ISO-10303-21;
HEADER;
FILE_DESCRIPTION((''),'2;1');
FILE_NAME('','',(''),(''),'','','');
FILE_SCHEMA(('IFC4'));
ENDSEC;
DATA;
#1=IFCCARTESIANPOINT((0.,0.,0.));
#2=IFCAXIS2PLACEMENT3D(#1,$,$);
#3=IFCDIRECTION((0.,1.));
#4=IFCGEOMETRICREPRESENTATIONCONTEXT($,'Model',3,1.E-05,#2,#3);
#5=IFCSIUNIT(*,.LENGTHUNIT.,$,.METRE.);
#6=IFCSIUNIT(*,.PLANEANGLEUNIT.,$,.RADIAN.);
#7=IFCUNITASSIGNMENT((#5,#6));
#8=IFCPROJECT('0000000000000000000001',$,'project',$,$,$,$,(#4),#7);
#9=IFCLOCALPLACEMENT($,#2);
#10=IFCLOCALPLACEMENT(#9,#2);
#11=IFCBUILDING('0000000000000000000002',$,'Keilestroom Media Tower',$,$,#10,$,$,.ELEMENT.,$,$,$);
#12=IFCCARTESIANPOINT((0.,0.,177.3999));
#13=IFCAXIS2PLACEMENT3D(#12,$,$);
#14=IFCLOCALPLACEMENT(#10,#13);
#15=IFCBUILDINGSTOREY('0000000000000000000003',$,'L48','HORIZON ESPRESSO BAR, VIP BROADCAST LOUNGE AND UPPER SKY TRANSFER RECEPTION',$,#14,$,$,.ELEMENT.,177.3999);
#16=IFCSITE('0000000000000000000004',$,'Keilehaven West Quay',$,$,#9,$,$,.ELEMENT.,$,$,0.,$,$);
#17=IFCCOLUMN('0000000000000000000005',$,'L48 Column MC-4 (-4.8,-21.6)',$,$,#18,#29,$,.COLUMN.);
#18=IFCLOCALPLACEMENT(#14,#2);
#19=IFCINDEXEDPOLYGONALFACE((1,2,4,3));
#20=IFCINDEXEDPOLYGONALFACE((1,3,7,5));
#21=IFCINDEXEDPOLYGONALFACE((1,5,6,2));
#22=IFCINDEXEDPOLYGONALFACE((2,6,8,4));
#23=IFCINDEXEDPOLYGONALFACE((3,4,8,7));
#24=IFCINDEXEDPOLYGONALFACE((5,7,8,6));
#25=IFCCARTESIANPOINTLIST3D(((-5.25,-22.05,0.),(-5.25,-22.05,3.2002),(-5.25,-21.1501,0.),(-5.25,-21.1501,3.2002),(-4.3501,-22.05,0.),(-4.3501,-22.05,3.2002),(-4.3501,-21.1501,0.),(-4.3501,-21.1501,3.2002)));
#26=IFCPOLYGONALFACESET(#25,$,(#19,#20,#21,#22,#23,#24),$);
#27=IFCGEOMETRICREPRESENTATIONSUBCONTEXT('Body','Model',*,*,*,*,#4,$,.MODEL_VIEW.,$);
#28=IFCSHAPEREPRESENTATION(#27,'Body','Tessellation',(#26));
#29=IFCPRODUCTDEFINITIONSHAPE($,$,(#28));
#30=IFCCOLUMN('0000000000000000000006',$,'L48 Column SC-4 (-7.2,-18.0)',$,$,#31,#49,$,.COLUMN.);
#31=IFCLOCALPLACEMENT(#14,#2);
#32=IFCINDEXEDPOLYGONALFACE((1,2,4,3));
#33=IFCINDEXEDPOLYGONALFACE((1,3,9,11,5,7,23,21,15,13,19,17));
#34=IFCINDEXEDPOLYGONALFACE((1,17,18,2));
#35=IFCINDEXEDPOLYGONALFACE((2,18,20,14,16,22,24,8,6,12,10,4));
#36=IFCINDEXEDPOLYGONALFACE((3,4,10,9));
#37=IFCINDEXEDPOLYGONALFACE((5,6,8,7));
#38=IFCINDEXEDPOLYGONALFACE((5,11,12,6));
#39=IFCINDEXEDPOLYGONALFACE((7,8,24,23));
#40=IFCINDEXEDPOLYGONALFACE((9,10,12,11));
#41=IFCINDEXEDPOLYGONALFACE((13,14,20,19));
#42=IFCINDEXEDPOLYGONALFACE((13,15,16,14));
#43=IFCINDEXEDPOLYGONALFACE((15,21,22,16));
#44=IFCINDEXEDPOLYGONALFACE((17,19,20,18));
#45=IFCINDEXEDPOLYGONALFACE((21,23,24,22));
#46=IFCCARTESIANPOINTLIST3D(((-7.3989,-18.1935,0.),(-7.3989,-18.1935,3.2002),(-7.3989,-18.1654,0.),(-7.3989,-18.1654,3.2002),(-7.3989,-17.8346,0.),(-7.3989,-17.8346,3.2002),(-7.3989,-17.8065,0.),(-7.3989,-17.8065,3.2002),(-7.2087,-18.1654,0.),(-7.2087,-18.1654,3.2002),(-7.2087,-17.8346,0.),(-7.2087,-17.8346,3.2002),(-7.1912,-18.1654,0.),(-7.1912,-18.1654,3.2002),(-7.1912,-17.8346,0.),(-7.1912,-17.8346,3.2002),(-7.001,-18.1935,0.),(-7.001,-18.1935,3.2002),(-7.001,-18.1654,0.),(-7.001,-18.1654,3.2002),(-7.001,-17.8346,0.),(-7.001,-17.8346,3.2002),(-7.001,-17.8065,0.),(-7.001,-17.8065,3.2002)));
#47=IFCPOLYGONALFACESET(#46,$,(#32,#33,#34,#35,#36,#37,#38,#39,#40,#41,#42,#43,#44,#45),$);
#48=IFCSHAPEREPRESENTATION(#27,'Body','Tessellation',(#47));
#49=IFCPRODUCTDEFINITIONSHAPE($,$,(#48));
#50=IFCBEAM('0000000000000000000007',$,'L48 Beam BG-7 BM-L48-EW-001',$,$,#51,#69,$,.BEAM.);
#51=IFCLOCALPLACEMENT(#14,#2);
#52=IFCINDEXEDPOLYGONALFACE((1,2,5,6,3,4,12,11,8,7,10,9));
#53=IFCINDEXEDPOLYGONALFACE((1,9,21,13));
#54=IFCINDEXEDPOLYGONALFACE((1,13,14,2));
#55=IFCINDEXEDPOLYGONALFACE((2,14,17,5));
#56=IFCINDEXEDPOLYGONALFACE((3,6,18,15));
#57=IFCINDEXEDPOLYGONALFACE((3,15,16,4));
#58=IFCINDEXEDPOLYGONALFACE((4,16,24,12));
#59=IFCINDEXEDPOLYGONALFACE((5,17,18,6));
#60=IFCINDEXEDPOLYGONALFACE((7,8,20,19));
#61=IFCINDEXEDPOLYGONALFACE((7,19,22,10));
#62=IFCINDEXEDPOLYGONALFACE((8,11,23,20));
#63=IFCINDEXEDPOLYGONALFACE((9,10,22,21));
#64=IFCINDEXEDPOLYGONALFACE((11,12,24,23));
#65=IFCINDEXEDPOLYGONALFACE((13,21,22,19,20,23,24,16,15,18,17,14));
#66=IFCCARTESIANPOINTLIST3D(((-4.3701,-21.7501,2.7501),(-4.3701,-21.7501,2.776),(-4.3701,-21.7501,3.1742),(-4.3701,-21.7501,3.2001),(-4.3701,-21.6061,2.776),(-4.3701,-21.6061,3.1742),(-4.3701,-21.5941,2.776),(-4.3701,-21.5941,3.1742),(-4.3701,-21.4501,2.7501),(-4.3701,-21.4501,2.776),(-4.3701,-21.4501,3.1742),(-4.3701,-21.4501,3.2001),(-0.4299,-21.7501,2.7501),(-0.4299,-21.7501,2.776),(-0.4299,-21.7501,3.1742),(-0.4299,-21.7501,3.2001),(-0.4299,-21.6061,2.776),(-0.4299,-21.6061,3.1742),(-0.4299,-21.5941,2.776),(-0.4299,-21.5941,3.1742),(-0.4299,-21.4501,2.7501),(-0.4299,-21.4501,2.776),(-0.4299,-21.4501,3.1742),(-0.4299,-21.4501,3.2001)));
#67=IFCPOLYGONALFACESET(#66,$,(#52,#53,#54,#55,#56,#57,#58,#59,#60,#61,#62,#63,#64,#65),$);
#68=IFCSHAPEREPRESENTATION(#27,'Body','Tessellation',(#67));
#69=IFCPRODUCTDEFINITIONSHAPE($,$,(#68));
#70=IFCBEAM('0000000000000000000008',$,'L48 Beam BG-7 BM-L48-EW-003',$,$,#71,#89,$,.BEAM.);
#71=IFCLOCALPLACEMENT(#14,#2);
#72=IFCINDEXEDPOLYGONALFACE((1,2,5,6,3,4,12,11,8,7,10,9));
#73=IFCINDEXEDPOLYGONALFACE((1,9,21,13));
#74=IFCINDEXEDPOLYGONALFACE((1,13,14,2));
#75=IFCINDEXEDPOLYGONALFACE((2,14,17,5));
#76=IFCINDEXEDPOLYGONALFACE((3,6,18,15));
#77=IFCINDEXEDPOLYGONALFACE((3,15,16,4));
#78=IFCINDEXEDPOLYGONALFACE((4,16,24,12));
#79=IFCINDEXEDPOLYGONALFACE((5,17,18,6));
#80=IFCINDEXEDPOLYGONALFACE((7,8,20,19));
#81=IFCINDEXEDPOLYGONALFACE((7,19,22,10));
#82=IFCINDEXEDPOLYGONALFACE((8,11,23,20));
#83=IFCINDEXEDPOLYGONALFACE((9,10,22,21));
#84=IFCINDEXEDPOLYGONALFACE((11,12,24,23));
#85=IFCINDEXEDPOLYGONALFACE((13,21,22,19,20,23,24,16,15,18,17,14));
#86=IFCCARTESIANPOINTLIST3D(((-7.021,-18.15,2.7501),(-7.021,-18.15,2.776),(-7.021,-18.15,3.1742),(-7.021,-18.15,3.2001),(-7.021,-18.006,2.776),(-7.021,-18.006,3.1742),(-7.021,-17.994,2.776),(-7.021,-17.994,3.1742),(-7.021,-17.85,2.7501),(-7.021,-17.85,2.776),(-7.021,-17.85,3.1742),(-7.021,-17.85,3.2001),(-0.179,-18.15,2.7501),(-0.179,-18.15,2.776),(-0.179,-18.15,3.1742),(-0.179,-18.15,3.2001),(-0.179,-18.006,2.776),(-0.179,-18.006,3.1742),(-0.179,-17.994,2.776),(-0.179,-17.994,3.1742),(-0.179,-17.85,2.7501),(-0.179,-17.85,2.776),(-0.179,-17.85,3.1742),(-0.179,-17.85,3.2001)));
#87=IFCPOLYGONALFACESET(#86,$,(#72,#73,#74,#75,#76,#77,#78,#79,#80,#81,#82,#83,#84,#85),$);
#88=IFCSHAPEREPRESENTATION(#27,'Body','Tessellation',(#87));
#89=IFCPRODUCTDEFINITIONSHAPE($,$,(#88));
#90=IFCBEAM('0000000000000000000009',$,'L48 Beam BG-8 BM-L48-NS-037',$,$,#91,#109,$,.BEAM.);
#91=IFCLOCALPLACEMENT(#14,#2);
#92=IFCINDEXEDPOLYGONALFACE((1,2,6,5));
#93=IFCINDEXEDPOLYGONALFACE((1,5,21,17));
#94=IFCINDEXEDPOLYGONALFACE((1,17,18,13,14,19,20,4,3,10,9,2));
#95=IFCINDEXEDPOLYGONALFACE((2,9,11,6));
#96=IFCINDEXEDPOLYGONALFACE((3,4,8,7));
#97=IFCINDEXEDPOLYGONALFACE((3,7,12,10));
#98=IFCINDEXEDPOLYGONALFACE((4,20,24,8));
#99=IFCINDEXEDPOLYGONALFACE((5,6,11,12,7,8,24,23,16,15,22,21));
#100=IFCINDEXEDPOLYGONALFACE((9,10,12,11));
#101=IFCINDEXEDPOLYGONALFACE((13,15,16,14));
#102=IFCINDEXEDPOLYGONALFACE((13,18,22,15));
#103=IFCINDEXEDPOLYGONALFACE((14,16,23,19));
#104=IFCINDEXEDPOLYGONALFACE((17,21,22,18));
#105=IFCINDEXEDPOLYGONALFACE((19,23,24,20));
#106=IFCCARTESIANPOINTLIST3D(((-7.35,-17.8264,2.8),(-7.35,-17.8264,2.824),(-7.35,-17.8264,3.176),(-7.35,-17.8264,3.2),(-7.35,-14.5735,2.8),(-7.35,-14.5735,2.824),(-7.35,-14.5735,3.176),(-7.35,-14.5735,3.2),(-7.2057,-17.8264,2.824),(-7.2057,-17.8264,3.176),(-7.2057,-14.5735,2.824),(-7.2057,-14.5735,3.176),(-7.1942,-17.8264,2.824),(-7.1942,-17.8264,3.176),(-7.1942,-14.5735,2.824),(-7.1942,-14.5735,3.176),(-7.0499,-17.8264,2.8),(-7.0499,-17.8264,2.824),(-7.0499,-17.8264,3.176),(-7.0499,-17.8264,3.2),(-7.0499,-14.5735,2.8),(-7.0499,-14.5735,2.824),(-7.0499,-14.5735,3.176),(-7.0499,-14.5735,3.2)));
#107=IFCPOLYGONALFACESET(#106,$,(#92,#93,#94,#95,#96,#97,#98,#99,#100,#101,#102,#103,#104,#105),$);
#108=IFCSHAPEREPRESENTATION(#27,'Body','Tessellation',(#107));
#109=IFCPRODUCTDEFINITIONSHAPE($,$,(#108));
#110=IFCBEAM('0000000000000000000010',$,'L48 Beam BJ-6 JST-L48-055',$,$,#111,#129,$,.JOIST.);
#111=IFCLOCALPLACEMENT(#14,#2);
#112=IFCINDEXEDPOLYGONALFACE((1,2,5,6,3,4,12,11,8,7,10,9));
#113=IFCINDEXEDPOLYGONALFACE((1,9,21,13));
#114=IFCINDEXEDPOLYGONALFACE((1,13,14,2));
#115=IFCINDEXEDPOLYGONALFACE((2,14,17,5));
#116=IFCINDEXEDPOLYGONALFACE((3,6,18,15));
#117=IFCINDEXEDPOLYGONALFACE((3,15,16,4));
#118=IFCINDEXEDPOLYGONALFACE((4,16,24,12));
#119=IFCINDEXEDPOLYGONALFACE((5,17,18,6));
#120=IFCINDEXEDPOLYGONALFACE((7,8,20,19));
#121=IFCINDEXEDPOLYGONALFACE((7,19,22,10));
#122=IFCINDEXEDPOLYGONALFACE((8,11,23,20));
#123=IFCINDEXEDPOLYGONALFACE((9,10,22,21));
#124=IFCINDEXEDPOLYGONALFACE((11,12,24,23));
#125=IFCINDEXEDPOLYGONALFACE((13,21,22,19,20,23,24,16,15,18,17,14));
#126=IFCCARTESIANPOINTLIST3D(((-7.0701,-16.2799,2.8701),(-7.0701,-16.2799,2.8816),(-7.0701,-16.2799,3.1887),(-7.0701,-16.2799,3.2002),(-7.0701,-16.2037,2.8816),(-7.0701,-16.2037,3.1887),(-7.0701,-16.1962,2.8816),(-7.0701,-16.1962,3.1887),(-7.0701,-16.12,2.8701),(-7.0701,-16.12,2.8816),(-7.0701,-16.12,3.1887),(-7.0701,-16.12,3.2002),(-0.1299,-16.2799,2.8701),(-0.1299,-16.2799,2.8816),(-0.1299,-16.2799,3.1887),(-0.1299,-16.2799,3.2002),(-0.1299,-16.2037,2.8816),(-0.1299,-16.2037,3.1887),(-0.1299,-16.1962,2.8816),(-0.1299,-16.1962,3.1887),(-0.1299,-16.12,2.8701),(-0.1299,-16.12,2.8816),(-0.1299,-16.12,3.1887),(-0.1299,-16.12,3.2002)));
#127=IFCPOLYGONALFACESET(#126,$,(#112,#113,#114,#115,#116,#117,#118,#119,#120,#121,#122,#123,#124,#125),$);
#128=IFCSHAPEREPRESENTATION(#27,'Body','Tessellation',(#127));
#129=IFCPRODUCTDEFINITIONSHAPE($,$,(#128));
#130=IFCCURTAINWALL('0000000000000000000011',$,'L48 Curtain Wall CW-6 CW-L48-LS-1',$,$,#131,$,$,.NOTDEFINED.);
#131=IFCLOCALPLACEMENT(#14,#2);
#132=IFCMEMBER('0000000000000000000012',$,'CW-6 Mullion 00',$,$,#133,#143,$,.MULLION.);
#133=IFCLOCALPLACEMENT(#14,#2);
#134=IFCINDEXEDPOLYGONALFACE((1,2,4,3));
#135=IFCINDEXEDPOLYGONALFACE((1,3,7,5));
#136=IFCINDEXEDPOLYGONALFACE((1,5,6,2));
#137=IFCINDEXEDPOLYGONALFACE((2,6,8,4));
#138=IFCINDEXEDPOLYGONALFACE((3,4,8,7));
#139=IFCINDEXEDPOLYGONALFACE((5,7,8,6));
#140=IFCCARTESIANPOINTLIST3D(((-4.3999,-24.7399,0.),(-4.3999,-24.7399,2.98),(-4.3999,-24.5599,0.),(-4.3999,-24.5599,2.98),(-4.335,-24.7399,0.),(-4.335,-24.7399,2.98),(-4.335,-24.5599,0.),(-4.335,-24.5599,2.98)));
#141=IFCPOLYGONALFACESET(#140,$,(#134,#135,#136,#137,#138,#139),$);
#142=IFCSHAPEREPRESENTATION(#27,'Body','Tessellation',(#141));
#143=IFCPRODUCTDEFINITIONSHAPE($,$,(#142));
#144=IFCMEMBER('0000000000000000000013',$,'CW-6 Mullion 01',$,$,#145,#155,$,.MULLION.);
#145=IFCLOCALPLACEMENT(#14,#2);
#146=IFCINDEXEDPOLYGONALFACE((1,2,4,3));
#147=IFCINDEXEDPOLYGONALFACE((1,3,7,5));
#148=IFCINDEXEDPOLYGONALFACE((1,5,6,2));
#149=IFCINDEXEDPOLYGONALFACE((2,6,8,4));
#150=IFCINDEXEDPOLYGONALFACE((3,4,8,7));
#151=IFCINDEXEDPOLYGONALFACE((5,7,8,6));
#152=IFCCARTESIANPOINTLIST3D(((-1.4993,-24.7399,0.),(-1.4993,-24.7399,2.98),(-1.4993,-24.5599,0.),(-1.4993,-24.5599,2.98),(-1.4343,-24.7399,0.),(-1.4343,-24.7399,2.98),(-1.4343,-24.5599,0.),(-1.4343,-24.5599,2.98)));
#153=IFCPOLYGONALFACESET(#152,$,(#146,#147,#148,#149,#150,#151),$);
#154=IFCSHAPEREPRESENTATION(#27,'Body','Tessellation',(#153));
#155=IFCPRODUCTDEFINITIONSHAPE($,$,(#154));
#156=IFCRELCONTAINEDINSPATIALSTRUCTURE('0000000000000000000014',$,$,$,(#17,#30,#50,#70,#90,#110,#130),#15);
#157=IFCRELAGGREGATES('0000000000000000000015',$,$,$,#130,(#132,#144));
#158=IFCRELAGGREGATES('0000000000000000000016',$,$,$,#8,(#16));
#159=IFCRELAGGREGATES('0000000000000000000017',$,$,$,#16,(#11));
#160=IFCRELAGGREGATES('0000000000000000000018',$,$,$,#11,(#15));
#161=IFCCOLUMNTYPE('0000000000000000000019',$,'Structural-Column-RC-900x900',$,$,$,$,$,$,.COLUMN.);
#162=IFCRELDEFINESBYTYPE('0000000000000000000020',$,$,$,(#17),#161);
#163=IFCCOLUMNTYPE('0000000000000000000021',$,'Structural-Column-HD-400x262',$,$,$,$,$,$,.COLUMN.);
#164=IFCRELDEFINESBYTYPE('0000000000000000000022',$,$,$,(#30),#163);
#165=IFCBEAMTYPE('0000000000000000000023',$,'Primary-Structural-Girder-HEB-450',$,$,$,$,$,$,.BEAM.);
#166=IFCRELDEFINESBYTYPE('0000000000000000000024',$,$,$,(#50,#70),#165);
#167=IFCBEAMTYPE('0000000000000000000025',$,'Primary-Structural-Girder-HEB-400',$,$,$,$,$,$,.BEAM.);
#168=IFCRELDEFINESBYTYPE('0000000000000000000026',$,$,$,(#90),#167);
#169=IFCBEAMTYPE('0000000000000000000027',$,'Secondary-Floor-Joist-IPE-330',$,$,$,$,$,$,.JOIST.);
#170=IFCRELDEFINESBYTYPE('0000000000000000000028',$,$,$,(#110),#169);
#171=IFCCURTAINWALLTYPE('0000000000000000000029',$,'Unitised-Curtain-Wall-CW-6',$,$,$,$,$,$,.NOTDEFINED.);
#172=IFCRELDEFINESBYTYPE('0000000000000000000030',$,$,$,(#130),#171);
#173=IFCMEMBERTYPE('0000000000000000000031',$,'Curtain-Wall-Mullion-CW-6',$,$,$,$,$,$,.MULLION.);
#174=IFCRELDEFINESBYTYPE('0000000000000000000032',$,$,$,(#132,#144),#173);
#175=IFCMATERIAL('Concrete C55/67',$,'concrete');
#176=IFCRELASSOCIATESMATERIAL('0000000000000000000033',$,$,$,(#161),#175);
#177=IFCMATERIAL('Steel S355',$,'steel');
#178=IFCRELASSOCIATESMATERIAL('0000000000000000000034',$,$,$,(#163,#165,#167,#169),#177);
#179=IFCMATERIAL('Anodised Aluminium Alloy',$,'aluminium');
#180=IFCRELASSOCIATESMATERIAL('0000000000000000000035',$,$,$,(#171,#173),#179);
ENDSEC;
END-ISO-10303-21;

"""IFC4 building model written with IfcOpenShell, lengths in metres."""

from ifc_helpers import new_model, si_unit, direction, frame, origin, origin_2d, place, context, subcontext, project, spatial, rectangle, i_section, extrude, source, transform, mapped, material, material_profile, profile_set, type_object, element, aggregate, save


model = new_model("IFC4")

# Units and contexts
model_context = context("Model", 3, precision=1e-05, world=origin(), true_north=direction((0.0, 1.0)))
body_context = subcontext(model_context, "Body", "Model", "MODEL_VIEW")
ifc_project = project(units=[si_unit("LENGTHUNIT", "METRE"), si_unit("PLANEANGLEUNIT", "RADIAN")], contexts=[model_context])

# Site, building, storey
site_placement = place(None, origin())
site = spatial("IfcSite", under=ifc_project, at=site_placement, Name="Keilehaven West Quay", CompositionType="ELEMENT", RefElevation=0.0)
building_placement = place(site_placement, origin())
building = spatial("IfcBuilding", under=site, at=building_placement, Name="Keilestroom Media Tower", CompositionType="ELEMENT")
storey_placement = place(building_placement, frame((0.0, 0.0, 177.3999)))
storey = spatial("IfcBuildingStorey", under=building, at=storey_placement, Name="L48", Description="HORIZON ESPRESSO BAR, VIP BROADCAST LOUNGE AND UPPER SKY TRANSFER RECEPTION", CompositionType="ELEMENT", Elevation=177.3999)

# Columns
ifc_material_1 = material(Name="Concrete C55/67", Category="concrete")
ifc_material_profile_1 = material_profile(ifc_material_1, rectangle(XDim=0.8999, YDim=0.8999, at=origin_2d()), Name="RC 900x900")
ifc_profile_set_1 = profile_set([ifc_material_profile_1], Name="Concrete C55/67")
column_type_1 = type_object("IfcColumnType", Name="Structural-Column-RC-900x900", PredefinedType="COLUMN", material=ifc_profile_set_1)
shared_shape_1 = source(origin(), body_context, "Body", "SweptSolid", [
    extrude(rectangle(XDim=0.8999, YDim=0.8999, at=origin_2d()), origin(), (0.0, 0.0, 1.0), 3.2002),
])
column_1_placement = place(storey_placement, frame((-4.8, -21.6001, 0.0), z_axis=(0.0, 0.0, 1.0), x_axis=(1.0, 0.0, 0.0)))
element("IfcColumn", 1, at=column_1_placement, inside=storey, type_object=column_type_1, Name="L48 Column MC-4 (-4.8,-21.6)", PredefinedType="COLUMN", context=body_context, shape_type="MappedRepresentation", body=[
    mapped(shared_shape_1, transform((0.0, 0.0, 0.0), x_axis=(1.0, 0.0, 0.0), y_axis=(0.0, 1.0, 0.0), z_axis=(0.0, 0.0, 1.0), scale=1.0)),
])
ifc_material_2 = material(Name="Steel S355", Category="steel")
ifc_material_profile_2 = material_profile(ifc_material_2, i_section(OverallWidth=0.3979, OverallDepth=0.387, WebThickness=0.0176, FlangeThickness=0.0281, at=origin_2d()), Name="HD 400x262")
ifc_profile_set_2 = profile_set([ifc_material_profile_2], Name="Steel S355")
column_type_2 = type_object("IfcColumnType", Name="Structural-Column-HD-400x262", PredefinedType="COLUMN", material=ifc_profile_set_2)
shared_shape_2 = source(origin(), body_context, "Body", "SweptSolid", [
    extrude(i_section(OverallWidth=0.3979, OverallDepth=0.387, WebThickness=0.0176, FlangeThickness=0.0281, at=origin_2d()), origin(), (0.0, 0.0, 1.0), 3.2002),
])
column_2_placement = place(storey_placement, frame((-7.2, -18.0, 0.0), z_axis=(0.0, 0.0, 1.0), x_axis=(1.0, 0.0, 0.0)))
element("IfcColumn", 2, at=column_2_placement, inside=storey, type_object=column_type_2, Name="L48 Column SC-4 (-7.2,-18.0)", PredefinedType="COLUMN", context=body_context, shape_type="MappedRepresentation", body=[
    mapped(shared_shape_2, transform((0.0, 0.0, 0.0), x_axis=(1.0, 0.0, 0.0), y_axis=(0.0, 1.0, 0.0), z_axis=(0.0, 0.0, 1.0), scale=1.0)),
])

# Beams
ifc_material_profile_3 = material_profile(ifc_material_2, i_section(OverallWidth=0.3, OverallDepth=0.45, WebThickness=0.012, FlangeThickness=0.0259, at=origin_2d()), Name="HEB 450")
ifc_profile_set_3 = profile_set([ifc_material_profile_3], Name="Steel S355")
beam_type_1 = type_object("IfcBeamType", Name="Primary-Structural-Girder-HEB-450", PredefinedType="BEAM", material=ifc_profile_set_3)
shared_shape_3 = source(origin(), body_context, "Body", "SweptSolid", [
    extrude(i_section(OverallWidth=0.3, OverallDepth=0.45, WebThickness=0.012, FlangeThickness=0.0259, at=origin_2d()), origin(), (0.0, 0.0, 1.0), 3.9402),
])
beam_1_placement = place(storey_placement, frame((-4.3701, -21.6001, 2.9751), z_axis=(1.0, 0.0, 0.0), x_axis=(0.0, 1.0, 0.0)))
element("IfcBeam", 3, at=beam_1_placement, inside=storey, type_object=beam_type_1, Name="L48 Beam BG-7 BM-L48-EW-001", PredefinedType="BEAM", context=body_context, shape_type="MappedRepresentation", body=[
    mapped(shared_shape_3, transform((0.0, 0.0, 0.0), x_axis=(1.0, 0.0, 0.0), y_axis=(0.0, 1.0, 0.0), z_axis=(0.0, 0.0, 1.0), scale=1.0)),
])
shared_shape_4 = source(origin(), body_context, "Body", "SweptSolid", [
    extrude(i_section(OverallWidth=0.3, OverallDepth=0.45, WebThickness=0.012, FlangeThickness=0.0259, at=origin_2d()), origin(), (0.0, 0.0, 1.0), 6.842),
])
beam_2_placement = place(storey_placement, frame((-7.021, -18.0, 2.9751), z_axis=(1.0, 0.0, 0.0), x_axis=(0.0, 1.0, 0.0)))
element("IfcBeam", 4, at=beam_2_placement, inside=storey, type_object=beam_type_1, Name="L48 Beam BG-7 BM-L48-EW-003", PredefinedType="BEAM", context=body_context, shape_type="MappedRepresentation", body=[
    mapped(shared_shape_4, transform((0.0, 0.0, 0.0), x_axis=(1.0, 0.0, 0.0), y_axis=(0.0, 1.0, 0.0), z_axis=(0.0, 0.0, 1.0), scale=1.0)),
])
ifc_material_profile_4 = material_profile(ifc_material_2, i_section(OverallWidth=0.3, OverallDepth=0.3999, WebThickness=0.0115, FlangeThickness=0.0239, at=origin_2d()), Name="HEB 400")
ifc_profile_set_4 = profile_set([ifc_material_profile_4], Name="Steel S355")
beam_type_2 = type_object("IfcBeamType", Name="Primary-Structural-Girder-HEB-400", PredefinedType="BEAM", material=ifc_profile_set_4)
shared_shape_5 = source(origin(), body_context, "Body", "SweptSolid", [
    extrude(i_section(OverallWidth=0.3, OverallDepth=0.3999, WebThickness=0.0115, FlangeThickness=0.0239, at=origin_2d()), origin(), (0.0, 0.0, 1.0), 3.2529),
])
beam_3_placement = place(storey_placement, frame((-7.2, -17.8264, 3.0), z_axis=(0.0, 1.0, 0.0), x_axis=(-1.0, 0.0, 0.0)))
element("IfcBeam", 5, at=beam_3_placement, inside=storey, type_object=beam_type_2, Name="L48 Beam BG-8 BM-L48-NS-037", PredefinedType="BEAM", context=body_context, shape_type="MappedRepresentation", body=[
    mapped(shared_shape_5, transform((0.0, 0.0, 0.0), x_axis=(1.0, 0.0, 0.0), y_axis=(0.0, 1.0, 0.0), z_axis=(0.0, 0.0, 1.0), scale=1.0)),
])
ifc_material_profile_5 = material_profile(ifc_material_2, i_section(OverallWidth=0.1599, OverallDepth=0.3301, WebThickness=0.0076, FlangeThickness=0.0115, at=origin_2d()), Name="IPE 330")
ifc_profile_set_5 = profile_set([ifc_material_profile_5], Name="Steel S355")
beam_type_3 = type_object("IfcBeamType", Name="Secondary-Floor-Joist-IPE-330", PredefinedType="JOIST", material=ifc_profile_set_5)
shared_shape_6 = source(origin(), body_context, "Body", "SweptSolid", [
    extrude(i_section(OverallWidth=0.1599, OverallDepth=0.3301, WebThickness=0.0076, FlangeThickness=0.0115, at=origin_2d()), origin(), (0.0, 0.0, 1.0), 6.9402),
])
beam_4_placement = place(storey_placement, frame((-7.0701, -16.2, 3.0352), z_axis=(1.0, 0.0, 0.0), x_axis=(0.0, 1.0, 0.0)))
element("IfcBeam", 6, at=beam_4_placement, inside=storey, type_object=beam_type_3, Name="L48 Beam BJ-6 JST-L48-055", PredefinedType="JOIST", context=body_context, shape_type="MappedRepresentation", body=[
    mapped(shared_shape_6, transform((0.0, 0.0, 0.0), x_axis=(1.0, 0.0, 0.0), y_axis=(0.0, 1.0, 0.0), z_axis=(0.0, 0.0, 1.0), scale=1.0)),
])

# Curtain wall, members
ifc_material_3 = material(Name="Anodised Aluminium Alloy", Category="aluminium")
curtain_wall_type = type_object("IfcCurtainWallType", Name="Unitised-Curtain-Wall-CW-6", PredefinedType="NOTDEFINED", material=ifc_material_3)
curtain_wall_placement = place(storey_placement, origin())
curtain_wall = element("IfcCurtainWall", 7, at=curtain_wall_placement, inside=storey, type_object=curtain_wall_type, Name="L48 Curtain Wall CW-6 CW-L48-LS-1", PredefinedType="NOTDEFINED")
ifc_material_profile_6 = material_profile(ifc_material_3, rectangle(XDim=0.0649, YDim=0.1799, at=origin_2d()), Name="ALU MULLION 65x180")
ifc_profile_set_6 = profile_set([ifc_material_profile_6], Name="Anodised Aluminium Alloy")
member_type_1 = type_object("IfcMemberType", Name="Curtain-Wall-Mullion-CW-6", PredefinedType="MULLION", material=ifc_profile_set_6)
shared_shape_7 = source(origin(), body_context, "Body", "SweptSolid", [
    extrude(rectangle(XDim=0.0649, YDim=0.1799, at=origin_2d()), origin(), (0.0, 0.0, 1.0), 2.98),
])
member_1_placement = place(storey_placement, frame((-4.3674, -24.6499, 0.0), z_axis=(0.0, 0.0, 1.0), x_axis=(1.0, 0.0, 0.0)))
member_1 = element("IfcMember", 8, at=member_1_placement, type_object=member_type_1, Name="CW-6 Mullion 00", PredefinedType="MULLION", context=body_context, shape_type="MappedRepresentation", body=[
    mapped(shared_shape_7, transform((0.0, 0.0, 0.0), x_axis=(1.0, 0.0, 0.0), y_axis=(0.0, 1.0, 0.0), z_axis=(0.0, 0.0, 1.0), scale=1.0)),
])
member_2_placement = place(storey_placement, frame((-1.4668, -24.6499, 0.0), z_axis=(0.0, 0.0, 1.0), x_axis=(1.0, 0.0, 0.0)))
member_2 = element("IfcMember", 9, at=member_2_placement, type_object=member_type_1, Name="CW-6 Mullion 01", PredefinedType="MULLION", context=body_context, shape_type="MappedRepresentation", body=[
    mapped(shared_shape_7, transform((0.0, 0.0, 0.0), x_axis=(1.0, 0.0, 0.0), y_axis=(0.0, 1.0, 0.0), z_axis=(0.0, 0.0, 1.0), scale=1.0)),
])
aggregate(curtain_wall, [member_1, member_2])

save(model, "model.ifc")
